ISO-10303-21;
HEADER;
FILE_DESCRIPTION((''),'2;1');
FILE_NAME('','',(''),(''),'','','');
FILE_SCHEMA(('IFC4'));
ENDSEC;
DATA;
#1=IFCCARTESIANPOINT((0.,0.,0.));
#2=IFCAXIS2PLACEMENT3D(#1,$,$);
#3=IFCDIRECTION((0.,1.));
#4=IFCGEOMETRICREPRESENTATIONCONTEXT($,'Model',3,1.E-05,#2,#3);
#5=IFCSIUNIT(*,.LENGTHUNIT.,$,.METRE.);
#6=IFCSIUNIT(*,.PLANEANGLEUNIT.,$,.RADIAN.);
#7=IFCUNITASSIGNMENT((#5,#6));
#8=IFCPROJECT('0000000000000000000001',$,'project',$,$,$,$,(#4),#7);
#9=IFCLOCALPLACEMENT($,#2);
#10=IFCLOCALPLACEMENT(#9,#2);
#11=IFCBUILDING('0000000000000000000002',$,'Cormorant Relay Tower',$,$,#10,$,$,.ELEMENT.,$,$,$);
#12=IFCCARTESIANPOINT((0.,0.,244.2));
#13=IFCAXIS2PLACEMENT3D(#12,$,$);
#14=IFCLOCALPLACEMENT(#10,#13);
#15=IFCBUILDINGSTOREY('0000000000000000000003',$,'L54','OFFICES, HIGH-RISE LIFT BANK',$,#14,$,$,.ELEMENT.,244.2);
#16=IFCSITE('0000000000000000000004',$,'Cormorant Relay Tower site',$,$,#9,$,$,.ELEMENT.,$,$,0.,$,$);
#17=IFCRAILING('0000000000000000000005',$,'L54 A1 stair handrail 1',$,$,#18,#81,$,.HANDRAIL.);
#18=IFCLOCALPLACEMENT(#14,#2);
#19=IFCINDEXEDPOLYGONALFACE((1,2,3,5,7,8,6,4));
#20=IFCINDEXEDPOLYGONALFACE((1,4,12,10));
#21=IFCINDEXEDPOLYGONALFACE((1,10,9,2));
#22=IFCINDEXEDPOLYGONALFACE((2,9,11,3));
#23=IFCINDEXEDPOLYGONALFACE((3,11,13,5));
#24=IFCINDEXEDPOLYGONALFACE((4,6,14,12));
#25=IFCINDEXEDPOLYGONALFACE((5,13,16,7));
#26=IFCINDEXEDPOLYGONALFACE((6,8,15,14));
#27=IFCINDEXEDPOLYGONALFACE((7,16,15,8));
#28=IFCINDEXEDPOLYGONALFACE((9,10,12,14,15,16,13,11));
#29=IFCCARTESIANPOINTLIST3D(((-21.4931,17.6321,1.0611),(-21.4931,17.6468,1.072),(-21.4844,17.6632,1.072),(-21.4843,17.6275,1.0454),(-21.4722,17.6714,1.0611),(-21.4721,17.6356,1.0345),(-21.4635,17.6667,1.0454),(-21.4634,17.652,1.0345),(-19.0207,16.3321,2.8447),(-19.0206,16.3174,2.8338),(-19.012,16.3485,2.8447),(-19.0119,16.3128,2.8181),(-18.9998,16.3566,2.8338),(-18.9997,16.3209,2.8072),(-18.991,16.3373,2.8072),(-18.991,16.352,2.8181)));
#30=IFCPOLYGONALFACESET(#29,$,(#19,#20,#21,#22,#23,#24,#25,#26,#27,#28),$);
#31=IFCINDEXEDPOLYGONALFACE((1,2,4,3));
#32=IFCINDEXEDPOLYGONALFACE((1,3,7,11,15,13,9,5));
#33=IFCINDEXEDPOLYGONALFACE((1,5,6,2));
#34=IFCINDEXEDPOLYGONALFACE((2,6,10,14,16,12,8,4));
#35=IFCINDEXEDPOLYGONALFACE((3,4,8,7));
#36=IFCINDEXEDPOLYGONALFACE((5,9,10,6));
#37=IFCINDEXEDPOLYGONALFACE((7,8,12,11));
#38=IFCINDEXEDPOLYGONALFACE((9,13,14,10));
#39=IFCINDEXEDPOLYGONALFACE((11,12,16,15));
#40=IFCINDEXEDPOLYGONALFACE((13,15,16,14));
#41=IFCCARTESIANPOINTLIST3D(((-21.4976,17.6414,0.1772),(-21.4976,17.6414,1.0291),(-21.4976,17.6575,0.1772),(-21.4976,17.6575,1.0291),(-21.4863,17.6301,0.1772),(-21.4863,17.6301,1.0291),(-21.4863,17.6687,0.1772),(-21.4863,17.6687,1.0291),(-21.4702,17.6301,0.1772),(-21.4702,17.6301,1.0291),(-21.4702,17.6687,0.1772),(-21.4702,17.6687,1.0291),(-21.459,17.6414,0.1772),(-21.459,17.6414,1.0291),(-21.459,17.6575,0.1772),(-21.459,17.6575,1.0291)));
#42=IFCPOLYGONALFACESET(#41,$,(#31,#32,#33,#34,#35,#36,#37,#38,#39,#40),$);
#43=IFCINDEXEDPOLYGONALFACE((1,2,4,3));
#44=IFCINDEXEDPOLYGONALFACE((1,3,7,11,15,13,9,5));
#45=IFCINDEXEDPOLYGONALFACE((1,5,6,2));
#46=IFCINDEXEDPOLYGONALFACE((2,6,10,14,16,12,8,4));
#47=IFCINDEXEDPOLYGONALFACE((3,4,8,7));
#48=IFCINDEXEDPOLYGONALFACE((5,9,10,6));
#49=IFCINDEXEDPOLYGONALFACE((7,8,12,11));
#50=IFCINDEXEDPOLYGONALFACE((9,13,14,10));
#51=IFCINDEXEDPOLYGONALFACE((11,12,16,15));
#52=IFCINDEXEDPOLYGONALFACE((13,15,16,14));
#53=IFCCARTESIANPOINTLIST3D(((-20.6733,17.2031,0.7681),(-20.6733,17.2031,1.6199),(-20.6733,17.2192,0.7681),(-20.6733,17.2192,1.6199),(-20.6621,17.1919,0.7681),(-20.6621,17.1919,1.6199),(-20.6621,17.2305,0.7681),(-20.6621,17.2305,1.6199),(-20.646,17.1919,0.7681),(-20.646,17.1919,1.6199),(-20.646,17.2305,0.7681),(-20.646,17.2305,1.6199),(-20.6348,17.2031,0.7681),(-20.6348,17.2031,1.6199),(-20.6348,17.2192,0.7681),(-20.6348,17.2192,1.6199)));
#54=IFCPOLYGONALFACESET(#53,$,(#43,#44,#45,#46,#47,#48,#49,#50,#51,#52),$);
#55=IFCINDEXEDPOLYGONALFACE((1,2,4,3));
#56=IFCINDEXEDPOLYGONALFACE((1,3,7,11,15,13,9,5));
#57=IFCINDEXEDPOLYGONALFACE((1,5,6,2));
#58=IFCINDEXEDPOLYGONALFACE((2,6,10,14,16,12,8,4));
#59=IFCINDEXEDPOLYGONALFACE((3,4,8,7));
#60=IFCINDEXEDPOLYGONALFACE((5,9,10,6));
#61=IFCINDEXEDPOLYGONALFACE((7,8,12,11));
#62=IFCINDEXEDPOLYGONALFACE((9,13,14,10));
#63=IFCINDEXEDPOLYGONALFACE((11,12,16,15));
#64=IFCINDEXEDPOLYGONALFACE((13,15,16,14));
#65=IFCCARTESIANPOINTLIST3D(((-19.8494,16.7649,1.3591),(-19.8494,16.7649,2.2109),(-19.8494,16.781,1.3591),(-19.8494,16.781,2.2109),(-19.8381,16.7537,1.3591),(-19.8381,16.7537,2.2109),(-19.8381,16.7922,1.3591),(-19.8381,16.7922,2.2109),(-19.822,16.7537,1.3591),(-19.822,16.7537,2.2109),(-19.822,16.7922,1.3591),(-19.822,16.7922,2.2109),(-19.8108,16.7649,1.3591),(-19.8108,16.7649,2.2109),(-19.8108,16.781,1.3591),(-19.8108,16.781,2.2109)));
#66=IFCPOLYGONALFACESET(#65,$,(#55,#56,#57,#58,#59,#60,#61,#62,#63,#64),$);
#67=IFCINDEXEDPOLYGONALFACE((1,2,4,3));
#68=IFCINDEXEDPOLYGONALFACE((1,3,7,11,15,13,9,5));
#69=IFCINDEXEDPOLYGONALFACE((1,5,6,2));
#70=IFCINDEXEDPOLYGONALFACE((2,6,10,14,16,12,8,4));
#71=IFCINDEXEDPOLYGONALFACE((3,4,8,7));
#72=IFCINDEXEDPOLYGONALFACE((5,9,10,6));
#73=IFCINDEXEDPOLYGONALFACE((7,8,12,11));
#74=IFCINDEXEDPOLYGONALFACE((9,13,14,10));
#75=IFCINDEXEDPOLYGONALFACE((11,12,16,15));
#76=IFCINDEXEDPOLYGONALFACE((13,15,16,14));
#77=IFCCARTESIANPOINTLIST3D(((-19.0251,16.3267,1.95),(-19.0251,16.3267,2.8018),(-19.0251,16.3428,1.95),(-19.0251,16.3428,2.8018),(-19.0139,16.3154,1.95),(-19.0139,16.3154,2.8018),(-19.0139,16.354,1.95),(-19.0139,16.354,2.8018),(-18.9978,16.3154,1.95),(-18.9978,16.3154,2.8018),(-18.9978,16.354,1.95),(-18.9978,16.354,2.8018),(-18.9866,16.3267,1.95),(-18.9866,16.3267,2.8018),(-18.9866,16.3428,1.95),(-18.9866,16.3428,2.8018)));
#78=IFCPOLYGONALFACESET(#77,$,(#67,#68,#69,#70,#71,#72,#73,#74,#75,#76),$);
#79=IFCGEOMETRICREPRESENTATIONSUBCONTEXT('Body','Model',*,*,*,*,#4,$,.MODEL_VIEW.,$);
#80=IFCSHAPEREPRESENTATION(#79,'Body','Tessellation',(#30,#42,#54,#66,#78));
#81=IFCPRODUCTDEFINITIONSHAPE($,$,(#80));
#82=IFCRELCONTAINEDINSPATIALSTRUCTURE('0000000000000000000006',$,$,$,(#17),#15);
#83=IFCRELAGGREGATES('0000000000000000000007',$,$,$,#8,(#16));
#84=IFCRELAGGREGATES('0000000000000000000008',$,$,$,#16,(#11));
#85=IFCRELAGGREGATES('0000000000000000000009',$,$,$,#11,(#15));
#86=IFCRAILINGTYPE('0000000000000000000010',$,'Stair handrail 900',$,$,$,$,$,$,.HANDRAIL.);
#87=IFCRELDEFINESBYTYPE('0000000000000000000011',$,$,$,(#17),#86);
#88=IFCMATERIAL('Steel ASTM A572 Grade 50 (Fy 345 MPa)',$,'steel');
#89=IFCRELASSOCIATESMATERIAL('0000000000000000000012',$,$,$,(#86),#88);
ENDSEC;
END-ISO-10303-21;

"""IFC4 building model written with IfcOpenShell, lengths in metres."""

from ifc_helpers import new_model, si_unit, direction, frame, origin, place, context, subcontext, project, spatial, polyline, outline, extrude, material, type_object, element, save


model = new_model("IFC4")

# Units and contexts
model_context = context("Model", 3, precision=1e-05, world=origin(), true_north=direction((0.0, 1.0)))
body_context = subcontext(model_context, "Body", "Model", "MODEL_VIEW")
ifc_project = project(units=[si_unit("LENGTHUNIT", "METRE"), si_unit("PLANEANGLEUNIT", "RADIAN")], contexts=[model_context])

# Site, building, storey
site_placement = place(None, origin())
site = spatial("IfcSite", under=ifc_project, at=site_placement, Name="Cormorant Relay Tower site", CompositionType="ELEMENT", RefElevation=0.0)
building_placement = place(site_placement, origin())
building = spatial("IfcBuilding", under=site, at=building_placement, Name="Cormorant Relay Tower", CompositionType="ELEMENT")
storey_placement = place(building_placement, frame((0.0, 0.0, 244.2)))
storey = spatial("IfcBuildingStorey", under=building, at=storey_placement, Name="L54", Description="OFFICES, HIGH-RISE LIFT BANK", CompositionType="ELEMENT", Elevation=244.2)

# Railing
ifc_material_1 = material(Name="Steel ASTM A572 Grade 50 (Fy 345 MPa)", Category="steel")
railing_type = type_object("IfcRailingType", Name="Stair handrail 900", PredefinedType="HANDRAIL", material=ifc_material_1)
railing_placement = place(storey_placement, frame((-21.4783, 17.6494, 0.1772)))
element("IfcRailing", 1, at=railing_placement, inside=storey, type_object=railing_type, Name="L54 A1 stair handrail 1", PredefinedType="HANDRAIL", context=body_context, shape_type="SweptSolid", body=[
    extrude(outline(polyline([(0.0222, 0.0093), (0.0093, 0.0222), (-0.0093, 0.0222), (-0.0222, 0.0093), (-0.0222, -0.0093), (-0.0093, -0.0222), (0.0093, -0.0222), (0.0222, -0.0093), (0.0222, 0.0093)])), frame((0.0, 0.0, 0.876), z_axis=(0.746012, -0.39669, 0.534886), x_axis=(0.469497, 0.882934, 0.0)), (0.0, 0.0, 1.0), 3.3142),
    extrude(outline(polyline([(0.0193, 0.0081), (0.0081, 0.0193), (-0.0081, 0.0193), (-0.0193, 0.0081), (-0.0193, -0.0081), (-0.0081, -0.0193), (0.0081, -0.0193), (0.0193, -0.0081), (0.0193, 0.0081)])), origin(), (0.0, 0.0, 1.0), 0.8518),
    extrude(outline(polyline([(0.0193, 0.0081), (0.0081, 0.0193), (-0.0081, 0.0193), (-0.0193, 0.0081), (-0.0193, -0.0081), (-0.0081, -0.0193), (0.0081, -0.0193), (0.0193, -0.0081), (0.0193, 0.0081)])), frame((0.8242, -0.4382, 0.5908)), (0.0, 0.0, 1.0), 0.8518),
    extrude(outline(polyline([(0.0193, 0.0081), (0.0081, 0.0193), (-0.0081, 0.0193), (-0.0193, 0.0081), (-0.0193, -0.0081), (-0.0081, -0.0193), (0.0081, -0.0193), (0.0193, -0.0081), (0.0193, 0.0081)])), frame((1.6482, -0.8765, 1.1819)), (0.0, 0.0, 1.0), 0.8518),
    extrude(outline(polyline([(0.0193, 0.0081), (0.0081, 0.0193), (-0.0081, 0.0193), (-0.0193, 0.0081), (-0.0193, -0.0081), (-0.0081, -0.0193), (0.0081, -0.0193), (0.0193, -0.0081), (0.0193, 0.0081)])), frame((2.4724, -1.3147, 1.7727)), (0.0, 0.0, 1.0), 0.8518),
])

save(model, "model.ifc")
